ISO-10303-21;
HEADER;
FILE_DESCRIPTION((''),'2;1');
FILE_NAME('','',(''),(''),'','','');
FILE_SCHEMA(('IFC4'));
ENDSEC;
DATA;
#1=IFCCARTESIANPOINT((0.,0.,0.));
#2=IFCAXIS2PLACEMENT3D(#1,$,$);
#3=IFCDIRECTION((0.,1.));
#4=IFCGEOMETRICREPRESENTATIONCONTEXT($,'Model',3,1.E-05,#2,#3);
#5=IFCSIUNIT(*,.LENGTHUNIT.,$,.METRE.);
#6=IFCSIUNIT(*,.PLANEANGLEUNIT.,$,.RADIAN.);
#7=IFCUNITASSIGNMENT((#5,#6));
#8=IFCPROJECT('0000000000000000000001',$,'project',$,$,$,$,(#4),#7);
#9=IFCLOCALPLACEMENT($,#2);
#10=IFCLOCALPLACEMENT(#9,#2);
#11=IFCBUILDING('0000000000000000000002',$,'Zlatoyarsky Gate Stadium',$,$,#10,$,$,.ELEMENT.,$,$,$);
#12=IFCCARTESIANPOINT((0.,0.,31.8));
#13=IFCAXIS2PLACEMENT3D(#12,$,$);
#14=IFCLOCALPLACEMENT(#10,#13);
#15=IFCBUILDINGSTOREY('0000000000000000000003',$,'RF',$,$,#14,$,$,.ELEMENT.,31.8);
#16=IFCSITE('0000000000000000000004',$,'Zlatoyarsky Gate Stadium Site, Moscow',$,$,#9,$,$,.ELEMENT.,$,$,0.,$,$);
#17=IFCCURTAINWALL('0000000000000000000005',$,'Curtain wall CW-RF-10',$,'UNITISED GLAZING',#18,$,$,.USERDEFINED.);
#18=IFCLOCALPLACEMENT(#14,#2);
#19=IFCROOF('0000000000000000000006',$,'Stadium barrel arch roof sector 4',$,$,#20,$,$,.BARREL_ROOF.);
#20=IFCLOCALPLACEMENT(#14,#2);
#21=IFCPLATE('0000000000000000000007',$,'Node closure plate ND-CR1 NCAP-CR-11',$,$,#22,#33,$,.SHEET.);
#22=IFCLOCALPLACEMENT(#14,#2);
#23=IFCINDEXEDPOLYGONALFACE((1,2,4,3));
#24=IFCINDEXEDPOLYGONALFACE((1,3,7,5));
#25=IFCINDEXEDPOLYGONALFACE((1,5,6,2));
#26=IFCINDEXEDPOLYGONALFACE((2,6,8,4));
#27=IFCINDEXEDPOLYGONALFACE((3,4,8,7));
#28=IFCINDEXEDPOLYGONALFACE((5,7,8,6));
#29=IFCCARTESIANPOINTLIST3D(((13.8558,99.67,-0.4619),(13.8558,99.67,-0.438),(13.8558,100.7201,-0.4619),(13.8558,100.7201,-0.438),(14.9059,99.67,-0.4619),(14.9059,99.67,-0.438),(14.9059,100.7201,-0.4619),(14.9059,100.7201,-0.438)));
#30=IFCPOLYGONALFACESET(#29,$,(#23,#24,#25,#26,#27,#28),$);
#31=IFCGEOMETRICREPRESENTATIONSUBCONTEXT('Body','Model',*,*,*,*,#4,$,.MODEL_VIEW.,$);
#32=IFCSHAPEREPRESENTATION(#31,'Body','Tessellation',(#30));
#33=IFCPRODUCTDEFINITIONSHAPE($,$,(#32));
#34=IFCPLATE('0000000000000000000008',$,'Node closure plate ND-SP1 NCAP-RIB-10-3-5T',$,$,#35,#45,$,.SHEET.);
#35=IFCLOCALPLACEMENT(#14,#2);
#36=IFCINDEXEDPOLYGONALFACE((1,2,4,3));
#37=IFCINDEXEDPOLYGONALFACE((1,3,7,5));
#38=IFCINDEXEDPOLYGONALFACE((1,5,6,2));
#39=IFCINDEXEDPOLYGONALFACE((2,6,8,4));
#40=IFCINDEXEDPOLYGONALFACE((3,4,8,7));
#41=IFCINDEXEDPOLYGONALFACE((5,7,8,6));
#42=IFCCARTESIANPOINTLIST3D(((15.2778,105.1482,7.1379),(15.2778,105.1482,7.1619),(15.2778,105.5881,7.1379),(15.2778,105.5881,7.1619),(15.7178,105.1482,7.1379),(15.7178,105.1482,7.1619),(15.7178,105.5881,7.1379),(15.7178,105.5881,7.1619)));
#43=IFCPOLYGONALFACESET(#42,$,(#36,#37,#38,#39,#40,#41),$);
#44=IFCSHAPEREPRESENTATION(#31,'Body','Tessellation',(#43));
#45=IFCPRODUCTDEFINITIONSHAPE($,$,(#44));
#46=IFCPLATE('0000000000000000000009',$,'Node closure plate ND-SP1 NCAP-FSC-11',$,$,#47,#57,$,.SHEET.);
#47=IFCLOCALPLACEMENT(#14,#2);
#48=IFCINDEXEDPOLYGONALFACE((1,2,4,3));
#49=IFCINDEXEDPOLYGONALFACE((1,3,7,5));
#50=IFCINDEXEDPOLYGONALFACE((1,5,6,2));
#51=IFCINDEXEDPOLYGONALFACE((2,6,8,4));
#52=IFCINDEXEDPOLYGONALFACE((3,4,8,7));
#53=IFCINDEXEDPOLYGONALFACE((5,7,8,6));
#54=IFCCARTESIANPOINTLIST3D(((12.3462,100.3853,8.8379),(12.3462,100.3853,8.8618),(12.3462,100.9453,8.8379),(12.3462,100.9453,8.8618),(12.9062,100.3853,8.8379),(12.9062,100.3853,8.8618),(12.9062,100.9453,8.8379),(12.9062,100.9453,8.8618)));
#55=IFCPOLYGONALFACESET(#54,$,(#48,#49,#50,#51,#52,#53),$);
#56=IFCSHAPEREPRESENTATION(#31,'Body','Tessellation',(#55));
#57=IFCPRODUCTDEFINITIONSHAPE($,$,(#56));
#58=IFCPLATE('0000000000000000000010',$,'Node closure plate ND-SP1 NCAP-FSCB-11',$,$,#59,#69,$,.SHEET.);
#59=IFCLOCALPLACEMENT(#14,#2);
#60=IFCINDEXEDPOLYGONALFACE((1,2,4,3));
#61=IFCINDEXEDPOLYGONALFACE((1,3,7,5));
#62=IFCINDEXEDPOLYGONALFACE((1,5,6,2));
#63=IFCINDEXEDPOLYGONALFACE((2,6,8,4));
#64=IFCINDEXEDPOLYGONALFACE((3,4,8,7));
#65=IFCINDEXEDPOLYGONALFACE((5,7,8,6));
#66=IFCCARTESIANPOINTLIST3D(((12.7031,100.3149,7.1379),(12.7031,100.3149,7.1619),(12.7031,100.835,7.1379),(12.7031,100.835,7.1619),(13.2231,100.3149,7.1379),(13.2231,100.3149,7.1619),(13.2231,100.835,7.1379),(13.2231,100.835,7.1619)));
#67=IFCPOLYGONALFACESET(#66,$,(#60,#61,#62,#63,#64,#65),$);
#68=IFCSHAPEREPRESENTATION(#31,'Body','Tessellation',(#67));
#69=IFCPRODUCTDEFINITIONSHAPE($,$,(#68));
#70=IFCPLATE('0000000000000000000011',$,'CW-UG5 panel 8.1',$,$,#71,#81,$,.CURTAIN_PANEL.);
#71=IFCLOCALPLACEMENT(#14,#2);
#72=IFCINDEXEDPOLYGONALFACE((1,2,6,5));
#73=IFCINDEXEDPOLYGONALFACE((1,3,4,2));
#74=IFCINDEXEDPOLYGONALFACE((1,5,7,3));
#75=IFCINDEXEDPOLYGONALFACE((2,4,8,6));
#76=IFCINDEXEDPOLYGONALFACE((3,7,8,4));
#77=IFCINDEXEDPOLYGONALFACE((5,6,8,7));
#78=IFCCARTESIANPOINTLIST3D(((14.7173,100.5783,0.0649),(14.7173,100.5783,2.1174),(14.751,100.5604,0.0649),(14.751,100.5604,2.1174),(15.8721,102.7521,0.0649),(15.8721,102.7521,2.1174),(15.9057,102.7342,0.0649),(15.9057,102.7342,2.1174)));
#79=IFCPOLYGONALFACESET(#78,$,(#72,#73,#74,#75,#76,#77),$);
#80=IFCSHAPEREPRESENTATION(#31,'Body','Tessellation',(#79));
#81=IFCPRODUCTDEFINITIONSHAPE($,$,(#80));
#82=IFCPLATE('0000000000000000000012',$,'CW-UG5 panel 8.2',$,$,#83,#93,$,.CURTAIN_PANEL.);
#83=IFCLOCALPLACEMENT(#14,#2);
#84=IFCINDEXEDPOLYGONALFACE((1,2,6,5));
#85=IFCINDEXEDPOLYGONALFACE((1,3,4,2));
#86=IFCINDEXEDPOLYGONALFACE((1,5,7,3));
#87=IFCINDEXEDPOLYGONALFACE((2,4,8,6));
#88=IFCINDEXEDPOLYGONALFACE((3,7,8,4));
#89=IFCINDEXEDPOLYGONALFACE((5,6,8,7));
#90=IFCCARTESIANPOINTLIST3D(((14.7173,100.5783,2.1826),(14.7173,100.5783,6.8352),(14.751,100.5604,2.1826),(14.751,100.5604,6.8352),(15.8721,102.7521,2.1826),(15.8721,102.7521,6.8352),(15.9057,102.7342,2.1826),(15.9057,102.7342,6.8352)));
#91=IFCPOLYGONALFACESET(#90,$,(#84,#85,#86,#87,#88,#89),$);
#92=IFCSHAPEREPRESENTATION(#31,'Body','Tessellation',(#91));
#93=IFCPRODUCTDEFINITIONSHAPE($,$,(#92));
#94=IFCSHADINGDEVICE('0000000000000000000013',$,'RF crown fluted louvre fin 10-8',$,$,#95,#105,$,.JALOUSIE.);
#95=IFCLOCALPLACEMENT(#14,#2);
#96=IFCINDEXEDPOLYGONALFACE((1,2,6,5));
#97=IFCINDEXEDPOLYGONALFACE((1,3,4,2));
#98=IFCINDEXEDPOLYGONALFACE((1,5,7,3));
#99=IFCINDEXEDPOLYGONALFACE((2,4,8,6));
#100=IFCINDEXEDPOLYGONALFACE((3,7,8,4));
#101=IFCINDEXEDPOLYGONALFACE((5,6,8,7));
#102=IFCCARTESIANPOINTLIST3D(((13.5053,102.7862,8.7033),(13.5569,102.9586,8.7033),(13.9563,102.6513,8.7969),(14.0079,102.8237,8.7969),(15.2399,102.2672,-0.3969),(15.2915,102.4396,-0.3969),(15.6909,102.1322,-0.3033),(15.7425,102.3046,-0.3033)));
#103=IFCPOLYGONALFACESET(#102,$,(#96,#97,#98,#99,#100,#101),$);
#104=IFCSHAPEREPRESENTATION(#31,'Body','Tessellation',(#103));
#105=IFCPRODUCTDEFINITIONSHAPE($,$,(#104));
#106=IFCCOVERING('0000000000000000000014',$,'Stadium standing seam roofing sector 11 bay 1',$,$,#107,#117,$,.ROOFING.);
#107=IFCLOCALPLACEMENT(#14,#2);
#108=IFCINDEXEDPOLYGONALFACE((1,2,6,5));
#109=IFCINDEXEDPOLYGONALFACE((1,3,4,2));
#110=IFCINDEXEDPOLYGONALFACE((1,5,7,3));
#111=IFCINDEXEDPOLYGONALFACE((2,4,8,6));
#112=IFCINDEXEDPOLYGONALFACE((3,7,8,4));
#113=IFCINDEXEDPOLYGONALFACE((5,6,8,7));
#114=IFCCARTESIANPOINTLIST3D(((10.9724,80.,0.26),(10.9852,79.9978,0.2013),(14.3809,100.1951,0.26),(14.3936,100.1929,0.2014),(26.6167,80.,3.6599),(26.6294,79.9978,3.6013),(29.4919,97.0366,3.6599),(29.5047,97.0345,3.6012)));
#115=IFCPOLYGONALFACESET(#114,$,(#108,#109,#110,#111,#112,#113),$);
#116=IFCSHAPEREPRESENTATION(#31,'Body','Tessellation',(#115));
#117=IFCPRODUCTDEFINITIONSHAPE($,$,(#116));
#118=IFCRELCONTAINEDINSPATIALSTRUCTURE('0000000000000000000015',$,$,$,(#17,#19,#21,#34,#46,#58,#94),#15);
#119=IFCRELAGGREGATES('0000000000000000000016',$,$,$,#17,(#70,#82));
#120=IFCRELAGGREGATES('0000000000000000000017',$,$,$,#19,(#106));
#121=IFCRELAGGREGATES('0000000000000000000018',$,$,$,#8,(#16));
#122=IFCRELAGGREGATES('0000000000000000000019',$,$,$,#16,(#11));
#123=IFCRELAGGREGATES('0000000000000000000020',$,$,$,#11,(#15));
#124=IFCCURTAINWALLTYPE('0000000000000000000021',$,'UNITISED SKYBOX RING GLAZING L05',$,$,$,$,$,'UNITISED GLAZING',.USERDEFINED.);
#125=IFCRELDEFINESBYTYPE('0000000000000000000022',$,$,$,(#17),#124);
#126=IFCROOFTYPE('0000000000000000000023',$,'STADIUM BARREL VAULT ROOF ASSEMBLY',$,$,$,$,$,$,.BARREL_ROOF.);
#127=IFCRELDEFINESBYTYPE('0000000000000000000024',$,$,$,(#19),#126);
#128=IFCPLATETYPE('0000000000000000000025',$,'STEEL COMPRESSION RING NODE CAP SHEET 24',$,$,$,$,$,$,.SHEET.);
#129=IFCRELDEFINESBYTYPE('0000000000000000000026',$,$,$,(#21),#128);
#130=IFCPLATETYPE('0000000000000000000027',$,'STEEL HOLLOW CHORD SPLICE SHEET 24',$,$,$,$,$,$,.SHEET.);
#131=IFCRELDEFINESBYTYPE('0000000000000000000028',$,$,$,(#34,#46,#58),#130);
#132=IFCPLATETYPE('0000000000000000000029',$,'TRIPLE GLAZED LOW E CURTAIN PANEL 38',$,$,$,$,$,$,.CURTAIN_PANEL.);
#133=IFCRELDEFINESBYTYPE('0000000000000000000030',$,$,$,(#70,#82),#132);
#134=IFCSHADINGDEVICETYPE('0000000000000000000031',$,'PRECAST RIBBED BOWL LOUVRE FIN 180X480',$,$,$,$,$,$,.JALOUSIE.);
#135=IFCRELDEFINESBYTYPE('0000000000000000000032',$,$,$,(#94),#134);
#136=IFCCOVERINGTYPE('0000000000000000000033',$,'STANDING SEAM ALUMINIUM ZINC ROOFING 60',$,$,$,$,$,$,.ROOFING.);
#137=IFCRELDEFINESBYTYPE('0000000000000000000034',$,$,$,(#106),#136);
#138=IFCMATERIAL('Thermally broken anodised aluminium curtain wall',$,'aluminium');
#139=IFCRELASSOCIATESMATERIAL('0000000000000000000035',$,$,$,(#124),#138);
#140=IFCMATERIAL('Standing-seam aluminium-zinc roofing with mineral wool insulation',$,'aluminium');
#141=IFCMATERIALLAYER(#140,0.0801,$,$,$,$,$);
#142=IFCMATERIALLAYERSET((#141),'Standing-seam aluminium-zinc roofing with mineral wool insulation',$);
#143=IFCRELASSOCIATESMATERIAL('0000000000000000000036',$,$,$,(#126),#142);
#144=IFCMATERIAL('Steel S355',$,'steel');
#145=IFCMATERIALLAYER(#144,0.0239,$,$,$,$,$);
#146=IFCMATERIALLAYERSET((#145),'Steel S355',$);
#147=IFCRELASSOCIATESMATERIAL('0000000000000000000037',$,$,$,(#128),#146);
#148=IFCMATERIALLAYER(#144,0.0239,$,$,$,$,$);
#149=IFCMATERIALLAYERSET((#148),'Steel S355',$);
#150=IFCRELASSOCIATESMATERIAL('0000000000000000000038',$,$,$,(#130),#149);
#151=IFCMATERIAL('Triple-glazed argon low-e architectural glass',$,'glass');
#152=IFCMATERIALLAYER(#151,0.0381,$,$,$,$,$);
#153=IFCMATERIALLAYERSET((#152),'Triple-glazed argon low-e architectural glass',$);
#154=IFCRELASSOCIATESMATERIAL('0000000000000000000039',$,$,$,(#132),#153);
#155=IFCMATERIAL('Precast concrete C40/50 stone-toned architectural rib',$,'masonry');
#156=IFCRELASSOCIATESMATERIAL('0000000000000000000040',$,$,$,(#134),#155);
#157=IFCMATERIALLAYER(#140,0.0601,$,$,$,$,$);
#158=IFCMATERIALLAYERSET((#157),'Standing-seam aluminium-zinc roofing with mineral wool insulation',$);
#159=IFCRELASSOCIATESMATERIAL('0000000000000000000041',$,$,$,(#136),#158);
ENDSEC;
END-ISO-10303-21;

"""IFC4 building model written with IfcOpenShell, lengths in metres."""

from ifc_helpers import new_model, si_unit, direction, frame, origin, origin_2d, place, context, subcontext, project, spatial, polyline, rectangle, outline, extrude, material, layer, layer_set, material_profile, profile_set, type_object, element, aggregate, save


model = new_model("IFC4")

# Units and contexts
model_context = context("Model", 3, precision=1e-05, world=origin(), true_north=direction((0.0, 1.0)))
body_context = subcontext(model_context, "Body", "Model", "MODEL_VIEW")
ifc_project = project(units=[si_unit("LENGTHUNIT", "METRE"), si_unit("PLANEANGLEUNIT", "RADIAN")], contexts=[model_context])

# Site, building, storey
site_placement = place(None, origin())
site = spatial("IfcSite", under=ifc_project, at=site_placement, Name="Zlatoyarsky Gate Stadium Site, Moscow", CompositionType="ELEMENT", RefElevation=0.0)
building_placement = place(site_placement, origin())
building = spatial("IfcBuilding", under=site, at=building_placement, Name="Zlatoyarsky Gate Stadium", CompositionType="ELEMENT")
storey_placement = place(building_placement, frame((0.0, 0.0, 31.8)))
storey = spatial("IfcBuildingStorey", under=building, at=storey_placement, Name="RF", CompositionType="ELEMENT", Elevation=31.8)

# Curtain wall
ifc_material_1 = material(Name="Thermally broken anodised aluminium curtain wall", Category="aluminium")
curtain_wall_type = type_object("IfcCurtainWallType", Name="UNITISED SKYBOX RING GLAZING L05", ElementType="UNITISED GLAZING", PredefinedType="USERDEFINED", material=ifc_material_1)
curtain_wall_placement = place(storey_placement, origin())
curtain_wall = element("IfcCurtainWall", 1, at=curtain_wall_placement, inside=storey, type_object=curtain_wall_type, Name="Curtain wall CW-RF-10", ObjectType="UNITISED GLAZING", PredefinedType="USERDEFINED")

# Shared definitions
ifc_material_2 = material(Name="Steel S355", Category="steel")

# Roof
ifc_material_3 = material(Name="Standing-seam aluminium-zinc roofing with mineral wool insulation", Category="aluminium")
ifc_layer_1 = layer(ifc_material_3, 0.0801)
ifc_layer_set_1 = layer_set([ifc_layer_1], Name="Standing-seam aluminium-zinc roofing with mineral wool insulation")
roof_type = type_object("IfcRoofType", Name="STADIUM BARREL VAULT ROOF ASSEMBLY", PredefinedType="BARREL_ROOF", material=ifc_layer_set_1)
roof_placement = place(storey_placement, origin())
roof = element("IfcRoof", 2, at=roof_placement, inside=storey, type_object=roof_type, Name="Stadium barrel arch roof sector 4", PredefinedType="BARREL_ROOF")

# Plates
ifc_layer_2 = layer(ifc_material_2, 0.0239)
ifc_layer_set_2 = layer_set([ifc_layer_2], Name="Steel S355")
plate_type_1 = type_object("IfcPlateType", Name="STEEL COMPRESSION RING NODE CAP SHEET 24", PredefinedType="SHEET", material=ifc_layer_set_2)
plate_1_placement = place(storey_placement, frame((14.3809, 100.1951, -0.4619), z_axis=(0.0, 0.0, 1.0), x_axis=(1.0, 0.0, 0.0)))
element("IfcPlate", 3, at=plate_1_placement, inside=storey, type_object=plate_type_1, Name="Node closure plate ND-CR1 NCAP-CR-11", PredefinedType="SHEET", context=body_context, shape_type="SweptSolid", body=[
    extrude(rectangle(XDim=1.05, YDim=1.05, at=origin_2d()), origin(), (0.0, 0.0, 1.0), 0.0239),
])
ifc_layer_3 = layer(ifc_material_2, 0.0239)
ifc_layer_set_3 = layer_set([ifc_layer_3], Name="Steel S355")
plate_type_2 = type_object("IfcPlateType", Name="STEEL HOLLOW CHORD SPLICE SHEET 24", PredefinedType="SHEET", material=ifc_layer_set_3)
plate_2_placement = place(storey_placement, frame((15.4978, 105.3682, 7.1379), z_axis=(0.0, 0.0, 1.0), x_axis=(1.0, 0.0, 0.0)))
element("IfcPlate", 4, at=plate_2_placement, inside=storey, type_object=plate_type_2, Name="Node closure plate ND-SP1 NCAP-RIB-10-3-5T", PredefinedType="SHEET", context=body_context, shape_type="SweptSolid", body=[
    extrude(rectangle(XDim=0.4399, YDim=0.4399, at=origin_2d()), origin(), (0.0, 0.0, 1.0), 0.0239),
])
plate_3_placement = place(storey_placement, frame((12.6262, 100.6653, 8.8379), z_axis=(0.0, 0.0, 1.0), x_axis=(1.0, 0.0, 0.0)))
element("IfcPlate", 5, at=plate_3_placement, inside=storey, type_object=plate_type_2, Name="Node closure plate ND-SP1 NCAP-FSC-11", PredefinedType="SHEET", context=body_context, shape_type="SweptSolid", body=[
    extrude(rectangle(XDim=0.5601, YDim=0.5601, at=origin_2d()), origin(), (0.0, 0.0, 1.0), 0.0239),
])
plate_4_placement = place(storey_placement, frame((12.9631, 100.575, 7.1379), z_axis=(0.0, 0.0, 1.0), x_axis=(1.0, 0.0, 0.0)))
element("IfcPlate", 6, at=plate_4_placement, inside=storey, type_object=plate_type_2, Name="Node closure plate ND-SP1 NCAP-FSCB-11", PredefinedType="SHEET", context=body_context, shape_type="SweptSolid", body=[
    extrude(rectangle(XDim=0.52, YDim=0.52, at=origin_2d()), origin(), (0.0, 0.0, 1.0), 0.0239),
])

# Plates
ifc_material_4 = material(Name="Triple-glazed argon low-e architectural glass", Category="glass")
ifc_layer_4 = layer(ifc_material_4, 0.0381)
ifc_layer_set_4 = layer_set([ifc_layer_4], Name="Triple-glazed argon low-e architectural glass")
plate_type_3 = type_object("IfcPlateType", Name="TRIPLE GLAZED LOW E CURTAIN PANEL 38", PredefinedType="CURTAIN_PANEL", material=ifc_layer_set_4)
plate_5_placement = place(storey_placement, frame((15.3115, 101.6562, 0.0649), z_axis=(0.0, 0.0, 1.0), x_axis=(-0.469127, -0.883131, 0.0)))
plate_5 = element("IfcPlate", 7, at=plate_5_placement, type_object=plate_type_3, Name="CW-UG5 panel 8.1", PredefinedType="CURTAIN_PANEL", context=body_context, shape_type="SweptSolid", body=[
    extrude(rectangle(XDim=2.4614, YDim=0.0381, at=origin_2d()), origin(), (0.0, 0.0, 1.0), 2.0525),
])
plate_6_placement = place(storey_placement, frame((15.3115, 101.6562, 2.1826), z_axis=(0.0, 0.0, 1.0), x_axis=(-0.469127, -0.883131, 0.0)))
plate_6 = element("IfcPlate", 8, at=plate_6_placement, type_object=plate_type_3, Name="CW-UG5 panel 8.2", PredefinedType="CURTAIN_PANEL", context=body_context, shape_type="SweptSolid", body=[
    extrude(rectangle(XDim=2.4614, YDim=0.0381, at=origin_2d()), origin(), (0.0, 0.0, 1.0), 4.6526),
])
aggregate(curtain_wall, [plate_5, plate_6])

# Shading device
ifc_material_5 = material(Name="Precast concrete C40/50 stone-toned architectural rib", Category="masonry")
ifc_material_profile_1 = material_profile(ifc_material_5, rectangle(XDim=0.1799, YDim=0.48, at=origin_2d()), Name="RIB 180X480")
ifc_profile_set_1 = profile_set([ifc_material_profile_1], Name="Precast concrete C40/50 stone-toned architectural rib")
shading_device_type = type_object("IfcShadingDeviceType", Name="PRECAST RIBBED BOWL LOUVRE FIN 180X480", PredefinedType="JALOUSIE", material=ifc_profile_set_1)
shading_device_placement = place(storey_placement, frame((15.4912, 102.2859, -0.3501), z_axis=(-0.186951, 0.055941, 0.980775), x_axis=(-0.286667, -0.95803, 0.0)))
element("IfcShadingDevice", 9, at=shading_device_placement, inside=storey, type_object=shading_device_type, Name="RF crown fluted louvre fin 10-8", PredefinedType="JALOUSIE", context=body_context, shape_type="SweptSolid", body=[
    extrude(rectangle(XDim=0.1799, YDim=0.48, at=origin_2d()), origin(), (0.0, 0.0, 1.0), 9.2786),
])

# Covering
ifc_layer_5 = layer(ifc_material_3, 0.0601)
ifc_layer_set_5 = layer_set([ifc_layer_5], Name="Standing-seam aluminium-zinc roofing with mineral wool insulation")
covering_type = type_object("IfcCoveringType", Name="STANDING SEAM ALUMINIUM ZINC ROOFING 60", PredefinedType="ROOFING", material=ifc_layer_set_5)
covering_placement = place(storey_placement, frame((14.3809, 100.1951, 0.26), z_axis=(-0.212233, 0.035819, 0.976562), x_axis=(-0.166422, -0.986055, -0.000001)))
covering = element("IfcCovering", 10, at=covering_placement, type_object=covering_type, Name="Stadium standing seam roofing sector 11 bay 1", PredefinedType="ROOFING", context=body_context, shape_type="SweptSolid", body=[
    extrude(outline(polyline([(0.0, 0.0), (20.4807, 0.0), (17.8771, 15.7963), (0.5996, 15.7962), (0.0, 0.0)])), origin(), (0.0, 0.0, -1.0), 0.0601),
])
aggregate(roof, [covering])

save(model, "model.ifc")
